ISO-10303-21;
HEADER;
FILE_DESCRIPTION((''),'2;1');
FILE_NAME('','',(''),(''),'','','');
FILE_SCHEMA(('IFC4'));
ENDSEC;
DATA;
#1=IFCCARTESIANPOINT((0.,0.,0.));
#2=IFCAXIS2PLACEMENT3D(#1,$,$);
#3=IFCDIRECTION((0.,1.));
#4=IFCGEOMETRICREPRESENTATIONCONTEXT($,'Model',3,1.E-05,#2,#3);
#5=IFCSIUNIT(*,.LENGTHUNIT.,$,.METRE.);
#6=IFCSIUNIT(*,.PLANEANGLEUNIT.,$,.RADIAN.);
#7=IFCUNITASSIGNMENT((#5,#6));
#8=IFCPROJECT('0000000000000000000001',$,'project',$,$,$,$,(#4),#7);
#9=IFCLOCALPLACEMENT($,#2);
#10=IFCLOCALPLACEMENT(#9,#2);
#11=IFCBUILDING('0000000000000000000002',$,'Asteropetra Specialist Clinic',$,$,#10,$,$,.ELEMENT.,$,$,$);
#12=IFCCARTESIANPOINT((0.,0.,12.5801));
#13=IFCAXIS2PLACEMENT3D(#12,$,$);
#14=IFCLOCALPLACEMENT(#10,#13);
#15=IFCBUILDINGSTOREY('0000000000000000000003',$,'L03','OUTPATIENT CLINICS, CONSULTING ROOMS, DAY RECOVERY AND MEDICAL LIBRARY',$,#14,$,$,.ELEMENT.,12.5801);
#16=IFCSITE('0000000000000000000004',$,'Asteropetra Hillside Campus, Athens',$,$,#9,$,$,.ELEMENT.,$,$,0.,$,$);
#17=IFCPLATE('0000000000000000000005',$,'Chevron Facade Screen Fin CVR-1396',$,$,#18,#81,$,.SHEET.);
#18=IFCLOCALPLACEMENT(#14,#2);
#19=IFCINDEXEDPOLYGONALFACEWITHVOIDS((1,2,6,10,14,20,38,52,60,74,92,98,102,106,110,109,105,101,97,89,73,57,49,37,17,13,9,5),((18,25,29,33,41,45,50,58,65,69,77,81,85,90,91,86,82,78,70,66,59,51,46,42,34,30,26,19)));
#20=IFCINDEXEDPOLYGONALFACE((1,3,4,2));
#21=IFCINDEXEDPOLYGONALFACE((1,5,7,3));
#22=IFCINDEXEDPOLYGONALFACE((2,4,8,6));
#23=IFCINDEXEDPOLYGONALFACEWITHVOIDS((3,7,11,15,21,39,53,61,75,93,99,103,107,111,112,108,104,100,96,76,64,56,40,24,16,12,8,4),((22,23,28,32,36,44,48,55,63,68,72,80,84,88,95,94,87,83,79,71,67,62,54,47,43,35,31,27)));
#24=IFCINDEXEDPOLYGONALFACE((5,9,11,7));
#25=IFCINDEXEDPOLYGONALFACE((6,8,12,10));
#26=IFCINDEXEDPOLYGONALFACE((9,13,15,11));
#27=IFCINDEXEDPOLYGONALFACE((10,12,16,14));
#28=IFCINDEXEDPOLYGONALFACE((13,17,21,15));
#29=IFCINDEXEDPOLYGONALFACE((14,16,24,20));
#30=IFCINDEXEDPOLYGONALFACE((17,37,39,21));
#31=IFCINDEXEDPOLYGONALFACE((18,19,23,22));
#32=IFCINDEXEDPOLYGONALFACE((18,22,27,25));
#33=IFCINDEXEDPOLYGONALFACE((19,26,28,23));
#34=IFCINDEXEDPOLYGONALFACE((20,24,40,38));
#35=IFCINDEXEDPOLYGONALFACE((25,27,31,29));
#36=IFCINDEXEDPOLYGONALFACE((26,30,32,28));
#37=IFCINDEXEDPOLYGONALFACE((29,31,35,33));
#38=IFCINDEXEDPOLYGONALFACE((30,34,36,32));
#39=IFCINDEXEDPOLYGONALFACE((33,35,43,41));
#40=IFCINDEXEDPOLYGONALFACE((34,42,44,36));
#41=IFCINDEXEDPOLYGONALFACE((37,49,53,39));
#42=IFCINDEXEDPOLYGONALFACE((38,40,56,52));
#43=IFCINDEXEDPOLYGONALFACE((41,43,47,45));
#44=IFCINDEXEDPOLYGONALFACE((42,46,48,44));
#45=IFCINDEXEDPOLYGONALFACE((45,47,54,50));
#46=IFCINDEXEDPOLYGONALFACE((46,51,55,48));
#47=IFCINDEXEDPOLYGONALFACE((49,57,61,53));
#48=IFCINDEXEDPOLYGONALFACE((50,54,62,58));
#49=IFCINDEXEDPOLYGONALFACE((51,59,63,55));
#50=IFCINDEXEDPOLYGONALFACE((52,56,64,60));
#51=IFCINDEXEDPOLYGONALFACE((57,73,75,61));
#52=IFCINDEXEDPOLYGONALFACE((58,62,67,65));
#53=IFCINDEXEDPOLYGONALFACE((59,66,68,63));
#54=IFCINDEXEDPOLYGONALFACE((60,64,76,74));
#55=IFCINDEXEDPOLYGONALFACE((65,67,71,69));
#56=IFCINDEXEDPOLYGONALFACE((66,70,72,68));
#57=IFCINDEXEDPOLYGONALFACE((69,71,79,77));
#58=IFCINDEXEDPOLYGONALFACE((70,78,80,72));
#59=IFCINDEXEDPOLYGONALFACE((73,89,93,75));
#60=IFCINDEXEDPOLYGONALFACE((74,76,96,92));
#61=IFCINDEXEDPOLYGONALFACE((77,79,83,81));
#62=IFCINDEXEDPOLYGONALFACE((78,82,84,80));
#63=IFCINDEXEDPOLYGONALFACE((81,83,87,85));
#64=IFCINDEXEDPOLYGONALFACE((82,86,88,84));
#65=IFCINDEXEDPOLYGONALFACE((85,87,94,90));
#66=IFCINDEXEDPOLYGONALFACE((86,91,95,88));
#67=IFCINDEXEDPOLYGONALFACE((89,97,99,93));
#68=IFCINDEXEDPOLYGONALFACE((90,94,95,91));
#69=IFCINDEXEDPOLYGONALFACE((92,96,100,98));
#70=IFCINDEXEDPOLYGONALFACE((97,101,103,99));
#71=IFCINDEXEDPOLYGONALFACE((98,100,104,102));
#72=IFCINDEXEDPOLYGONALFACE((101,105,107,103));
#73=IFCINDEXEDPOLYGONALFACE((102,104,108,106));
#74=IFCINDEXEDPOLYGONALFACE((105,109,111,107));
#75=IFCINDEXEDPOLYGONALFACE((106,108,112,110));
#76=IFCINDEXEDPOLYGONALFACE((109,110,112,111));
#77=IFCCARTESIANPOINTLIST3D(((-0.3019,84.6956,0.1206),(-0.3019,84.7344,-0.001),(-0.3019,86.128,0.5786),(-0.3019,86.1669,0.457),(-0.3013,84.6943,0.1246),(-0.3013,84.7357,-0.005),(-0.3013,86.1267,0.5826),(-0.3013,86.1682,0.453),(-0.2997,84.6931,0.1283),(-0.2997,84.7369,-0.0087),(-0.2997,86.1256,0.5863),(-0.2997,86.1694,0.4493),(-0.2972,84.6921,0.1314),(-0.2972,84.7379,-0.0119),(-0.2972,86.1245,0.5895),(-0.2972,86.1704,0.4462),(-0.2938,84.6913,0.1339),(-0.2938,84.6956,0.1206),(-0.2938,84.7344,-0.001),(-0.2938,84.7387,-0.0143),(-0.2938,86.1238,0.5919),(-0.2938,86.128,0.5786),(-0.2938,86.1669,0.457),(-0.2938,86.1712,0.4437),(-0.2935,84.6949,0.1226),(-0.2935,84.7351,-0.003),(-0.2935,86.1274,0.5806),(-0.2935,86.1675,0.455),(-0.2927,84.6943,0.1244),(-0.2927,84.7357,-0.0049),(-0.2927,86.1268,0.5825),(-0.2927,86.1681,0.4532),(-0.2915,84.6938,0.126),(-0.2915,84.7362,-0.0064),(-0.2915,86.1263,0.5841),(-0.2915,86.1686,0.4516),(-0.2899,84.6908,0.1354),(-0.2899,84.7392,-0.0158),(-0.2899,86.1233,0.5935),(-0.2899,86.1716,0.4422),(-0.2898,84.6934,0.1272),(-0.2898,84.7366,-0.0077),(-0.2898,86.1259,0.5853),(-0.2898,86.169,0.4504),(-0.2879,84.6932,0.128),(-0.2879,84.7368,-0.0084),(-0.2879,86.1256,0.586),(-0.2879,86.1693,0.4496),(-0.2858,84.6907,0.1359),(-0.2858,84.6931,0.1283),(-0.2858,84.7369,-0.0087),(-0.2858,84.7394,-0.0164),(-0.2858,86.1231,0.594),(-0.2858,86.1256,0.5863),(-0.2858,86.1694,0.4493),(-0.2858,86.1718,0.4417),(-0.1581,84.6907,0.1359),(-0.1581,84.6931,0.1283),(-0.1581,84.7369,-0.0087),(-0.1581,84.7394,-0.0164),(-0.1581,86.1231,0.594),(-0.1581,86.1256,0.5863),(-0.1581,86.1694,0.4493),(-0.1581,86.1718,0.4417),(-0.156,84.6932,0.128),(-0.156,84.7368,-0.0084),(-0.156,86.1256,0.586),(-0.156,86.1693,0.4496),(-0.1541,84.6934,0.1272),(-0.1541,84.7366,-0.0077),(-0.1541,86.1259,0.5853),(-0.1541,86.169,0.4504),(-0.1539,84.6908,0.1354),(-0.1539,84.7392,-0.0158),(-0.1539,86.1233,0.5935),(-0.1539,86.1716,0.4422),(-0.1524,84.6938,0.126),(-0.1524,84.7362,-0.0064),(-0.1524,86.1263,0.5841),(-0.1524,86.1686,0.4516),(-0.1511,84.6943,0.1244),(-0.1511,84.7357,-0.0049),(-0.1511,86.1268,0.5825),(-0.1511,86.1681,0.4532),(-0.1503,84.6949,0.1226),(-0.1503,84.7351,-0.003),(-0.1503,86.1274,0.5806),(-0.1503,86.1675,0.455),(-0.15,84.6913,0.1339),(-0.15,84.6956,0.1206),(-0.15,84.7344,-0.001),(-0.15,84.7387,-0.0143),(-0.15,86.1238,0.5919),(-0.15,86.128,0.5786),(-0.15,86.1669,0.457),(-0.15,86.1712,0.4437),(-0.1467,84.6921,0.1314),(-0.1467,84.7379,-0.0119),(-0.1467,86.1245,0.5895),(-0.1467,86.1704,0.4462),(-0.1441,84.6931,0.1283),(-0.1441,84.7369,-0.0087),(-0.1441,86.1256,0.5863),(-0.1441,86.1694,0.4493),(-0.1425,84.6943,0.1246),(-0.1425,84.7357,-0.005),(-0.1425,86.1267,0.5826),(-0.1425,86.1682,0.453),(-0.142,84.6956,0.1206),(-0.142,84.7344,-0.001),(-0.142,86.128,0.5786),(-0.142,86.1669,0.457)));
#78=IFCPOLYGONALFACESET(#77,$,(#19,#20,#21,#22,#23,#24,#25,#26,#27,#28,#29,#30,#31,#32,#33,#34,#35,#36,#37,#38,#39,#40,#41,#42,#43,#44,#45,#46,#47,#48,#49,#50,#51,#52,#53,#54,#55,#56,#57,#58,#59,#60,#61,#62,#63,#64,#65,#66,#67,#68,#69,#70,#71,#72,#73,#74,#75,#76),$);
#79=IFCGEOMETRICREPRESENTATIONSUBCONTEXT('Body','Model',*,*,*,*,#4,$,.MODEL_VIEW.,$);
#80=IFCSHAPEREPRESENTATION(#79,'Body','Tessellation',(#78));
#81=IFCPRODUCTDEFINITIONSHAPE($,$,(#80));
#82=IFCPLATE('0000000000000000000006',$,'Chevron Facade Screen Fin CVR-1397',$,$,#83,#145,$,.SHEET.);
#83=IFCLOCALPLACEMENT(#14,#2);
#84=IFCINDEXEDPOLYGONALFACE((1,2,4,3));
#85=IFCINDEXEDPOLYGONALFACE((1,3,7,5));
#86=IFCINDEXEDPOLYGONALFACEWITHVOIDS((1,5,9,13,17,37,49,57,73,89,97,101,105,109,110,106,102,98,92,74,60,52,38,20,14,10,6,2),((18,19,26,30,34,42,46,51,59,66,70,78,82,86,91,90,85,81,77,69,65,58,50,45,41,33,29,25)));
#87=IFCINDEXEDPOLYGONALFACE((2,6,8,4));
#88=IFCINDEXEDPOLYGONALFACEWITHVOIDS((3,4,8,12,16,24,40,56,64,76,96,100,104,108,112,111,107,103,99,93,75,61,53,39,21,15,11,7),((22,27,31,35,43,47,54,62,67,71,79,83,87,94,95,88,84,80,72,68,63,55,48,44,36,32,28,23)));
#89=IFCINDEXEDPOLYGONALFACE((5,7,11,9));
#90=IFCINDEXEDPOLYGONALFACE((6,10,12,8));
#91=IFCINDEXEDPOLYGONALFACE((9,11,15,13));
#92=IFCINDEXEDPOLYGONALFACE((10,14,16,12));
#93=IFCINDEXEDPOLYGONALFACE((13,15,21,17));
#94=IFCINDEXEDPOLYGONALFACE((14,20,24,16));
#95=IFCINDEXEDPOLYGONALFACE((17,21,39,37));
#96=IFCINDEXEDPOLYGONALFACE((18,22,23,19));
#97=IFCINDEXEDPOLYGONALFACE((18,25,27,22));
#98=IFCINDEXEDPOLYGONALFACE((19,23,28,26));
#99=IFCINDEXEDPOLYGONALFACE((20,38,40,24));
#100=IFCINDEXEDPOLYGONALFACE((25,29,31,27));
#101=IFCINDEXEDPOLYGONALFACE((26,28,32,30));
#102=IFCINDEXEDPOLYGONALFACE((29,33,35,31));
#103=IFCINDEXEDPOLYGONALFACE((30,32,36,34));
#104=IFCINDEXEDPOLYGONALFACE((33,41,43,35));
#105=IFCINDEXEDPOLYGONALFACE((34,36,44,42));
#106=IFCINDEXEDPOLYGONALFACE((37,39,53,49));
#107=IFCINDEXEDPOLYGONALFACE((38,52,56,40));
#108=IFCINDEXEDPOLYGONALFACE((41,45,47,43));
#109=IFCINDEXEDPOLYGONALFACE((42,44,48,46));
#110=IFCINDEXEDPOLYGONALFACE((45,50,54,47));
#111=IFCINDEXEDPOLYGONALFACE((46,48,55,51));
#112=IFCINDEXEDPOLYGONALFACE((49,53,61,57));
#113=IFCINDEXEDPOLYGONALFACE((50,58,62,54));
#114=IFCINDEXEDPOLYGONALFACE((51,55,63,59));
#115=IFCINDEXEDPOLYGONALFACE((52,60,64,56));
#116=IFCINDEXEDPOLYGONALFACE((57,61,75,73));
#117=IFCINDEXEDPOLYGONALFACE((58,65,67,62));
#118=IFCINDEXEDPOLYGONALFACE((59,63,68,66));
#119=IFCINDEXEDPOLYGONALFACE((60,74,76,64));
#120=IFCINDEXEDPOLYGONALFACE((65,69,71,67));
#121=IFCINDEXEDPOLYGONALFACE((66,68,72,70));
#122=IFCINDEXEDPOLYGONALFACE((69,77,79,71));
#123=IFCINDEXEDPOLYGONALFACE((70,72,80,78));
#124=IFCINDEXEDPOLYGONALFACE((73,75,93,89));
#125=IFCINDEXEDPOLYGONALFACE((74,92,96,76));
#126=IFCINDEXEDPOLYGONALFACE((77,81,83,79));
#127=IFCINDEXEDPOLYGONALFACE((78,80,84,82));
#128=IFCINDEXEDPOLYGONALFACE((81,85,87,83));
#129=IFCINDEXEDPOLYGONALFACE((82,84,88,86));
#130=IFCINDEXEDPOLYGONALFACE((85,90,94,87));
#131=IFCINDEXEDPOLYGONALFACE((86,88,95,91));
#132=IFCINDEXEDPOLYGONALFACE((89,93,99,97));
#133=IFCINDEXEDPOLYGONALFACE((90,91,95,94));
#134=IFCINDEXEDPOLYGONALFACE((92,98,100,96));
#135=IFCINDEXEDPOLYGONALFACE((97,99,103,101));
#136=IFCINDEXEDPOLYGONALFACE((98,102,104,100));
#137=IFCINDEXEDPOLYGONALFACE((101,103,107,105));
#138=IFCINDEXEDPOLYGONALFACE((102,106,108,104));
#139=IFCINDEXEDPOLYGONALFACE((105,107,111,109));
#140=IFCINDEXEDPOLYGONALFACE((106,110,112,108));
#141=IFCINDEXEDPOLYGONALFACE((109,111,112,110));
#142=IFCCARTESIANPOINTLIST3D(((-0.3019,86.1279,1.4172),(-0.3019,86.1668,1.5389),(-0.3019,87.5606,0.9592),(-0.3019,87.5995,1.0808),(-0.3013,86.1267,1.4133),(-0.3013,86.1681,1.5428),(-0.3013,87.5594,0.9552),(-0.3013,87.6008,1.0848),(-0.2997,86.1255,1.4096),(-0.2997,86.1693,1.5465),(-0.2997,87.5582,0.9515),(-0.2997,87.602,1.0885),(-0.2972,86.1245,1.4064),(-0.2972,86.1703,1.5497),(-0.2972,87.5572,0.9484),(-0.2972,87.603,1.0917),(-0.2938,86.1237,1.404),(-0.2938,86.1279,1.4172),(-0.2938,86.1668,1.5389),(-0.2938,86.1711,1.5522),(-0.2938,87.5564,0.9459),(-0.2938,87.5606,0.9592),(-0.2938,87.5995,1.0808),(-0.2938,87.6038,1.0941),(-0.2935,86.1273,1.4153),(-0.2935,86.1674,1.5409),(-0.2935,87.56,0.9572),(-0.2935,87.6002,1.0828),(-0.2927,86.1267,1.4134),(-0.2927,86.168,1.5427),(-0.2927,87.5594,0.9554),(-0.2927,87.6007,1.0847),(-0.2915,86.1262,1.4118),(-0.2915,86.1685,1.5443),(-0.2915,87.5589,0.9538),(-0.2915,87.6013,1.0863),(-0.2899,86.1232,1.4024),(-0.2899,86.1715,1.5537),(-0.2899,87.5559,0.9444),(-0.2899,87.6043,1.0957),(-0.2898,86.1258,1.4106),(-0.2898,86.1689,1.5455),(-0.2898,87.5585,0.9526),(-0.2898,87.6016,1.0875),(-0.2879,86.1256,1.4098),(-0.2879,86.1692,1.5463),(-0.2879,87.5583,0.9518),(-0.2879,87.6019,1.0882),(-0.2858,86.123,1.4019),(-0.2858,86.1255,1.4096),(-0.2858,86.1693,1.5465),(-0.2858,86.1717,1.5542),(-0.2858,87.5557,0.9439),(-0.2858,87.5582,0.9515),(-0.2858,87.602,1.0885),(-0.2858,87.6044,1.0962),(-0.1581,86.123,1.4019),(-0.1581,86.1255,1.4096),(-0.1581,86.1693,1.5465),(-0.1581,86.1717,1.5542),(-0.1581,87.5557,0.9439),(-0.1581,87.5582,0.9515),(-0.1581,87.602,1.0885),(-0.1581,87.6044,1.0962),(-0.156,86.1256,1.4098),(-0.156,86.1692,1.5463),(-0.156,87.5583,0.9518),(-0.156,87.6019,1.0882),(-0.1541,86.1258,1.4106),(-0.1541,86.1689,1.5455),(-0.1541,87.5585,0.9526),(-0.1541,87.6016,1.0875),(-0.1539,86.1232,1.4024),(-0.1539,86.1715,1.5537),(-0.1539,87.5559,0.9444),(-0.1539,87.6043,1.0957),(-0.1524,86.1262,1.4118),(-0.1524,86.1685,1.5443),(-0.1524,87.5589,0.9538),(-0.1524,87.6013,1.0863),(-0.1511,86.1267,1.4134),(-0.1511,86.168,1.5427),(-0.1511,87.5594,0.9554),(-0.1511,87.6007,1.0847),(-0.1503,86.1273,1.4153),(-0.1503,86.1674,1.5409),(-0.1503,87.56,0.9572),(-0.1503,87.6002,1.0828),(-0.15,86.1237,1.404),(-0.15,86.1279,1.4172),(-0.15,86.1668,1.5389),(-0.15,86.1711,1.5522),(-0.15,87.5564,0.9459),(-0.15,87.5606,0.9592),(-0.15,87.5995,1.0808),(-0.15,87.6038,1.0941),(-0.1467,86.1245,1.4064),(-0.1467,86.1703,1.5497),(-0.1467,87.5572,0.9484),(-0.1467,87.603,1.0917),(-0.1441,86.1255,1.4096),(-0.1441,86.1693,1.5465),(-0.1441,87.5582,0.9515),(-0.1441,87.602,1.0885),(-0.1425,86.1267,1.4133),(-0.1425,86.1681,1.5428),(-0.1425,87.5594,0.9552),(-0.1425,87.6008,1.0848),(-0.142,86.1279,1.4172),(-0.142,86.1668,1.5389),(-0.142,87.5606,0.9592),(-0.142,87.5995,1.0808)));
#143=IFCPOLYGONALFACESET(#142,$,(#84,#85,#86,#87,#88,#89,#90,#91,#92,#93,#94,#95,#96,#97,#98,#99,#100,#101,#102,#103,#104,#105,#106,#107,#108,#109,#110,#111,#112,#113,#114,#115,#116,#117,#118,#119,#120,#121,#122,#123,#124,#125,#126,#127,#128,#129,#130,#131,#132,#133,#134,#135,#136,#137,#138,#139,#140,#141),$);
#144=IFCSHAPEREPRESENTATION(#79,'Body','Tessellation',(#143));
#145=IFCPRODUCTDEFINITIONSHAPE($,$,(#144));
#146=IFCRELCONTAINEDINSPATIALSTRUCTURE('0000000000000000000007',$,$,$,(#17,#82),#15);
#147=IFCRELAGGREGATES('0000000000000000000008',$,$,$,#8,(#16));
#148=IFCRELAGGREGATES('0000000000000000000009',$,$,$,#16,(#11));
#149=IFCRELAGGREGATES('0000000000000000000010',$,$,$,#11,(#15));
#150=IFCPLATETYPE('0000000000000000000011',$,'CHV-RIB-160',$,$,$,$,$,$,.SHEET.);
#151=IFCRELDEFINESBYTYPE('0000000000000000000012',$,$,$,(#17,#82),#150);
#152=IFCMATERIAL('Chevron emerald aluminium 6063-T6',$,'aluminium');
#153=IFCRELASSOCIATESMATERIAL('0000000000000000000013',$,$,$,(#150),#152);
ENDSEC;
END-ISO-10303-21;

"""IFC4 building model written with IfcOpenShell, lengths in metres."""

from ifc_helpers import new_model, si_unit, direction, frame, origin, origin_2d, place, context, subcontext, project, spatial, hollow_rectangle, extrude, material, material_profile, profile_set, type_object, element, save


model = new_model("IFC4")

# Units and contexts
model_context = context("Model", 3, precision=1e-05, world=origin(), true_north=direction((0.0, 1.0)))
body_context = subcontext(model_context, "Body", "Model", "MODEL_VIEW")
ifc_project = project(units=[si_unit("LENGTHUNIT", "METRE"), si_unit("PLANEANGLEUNIT", "RADIAN")], contexts=[model_context])

# Site, building, storey
site_placement = place(None, origin())
site = spatial("IfcSite", under=ifc_project, at=site_placement, Name="Asteropetra Hillside Campus, Athens", CompositionType="ELEMENT", RefElevation=0.0)
building_placement = place(site_placement, origin())
building = spatial("IfcBuilding", under=site, at=building_placement, Name="Asteropetra Specialist Clinic", CompositionType="ELEMENT")
storey_placement = place(building_placement, frame((0.0, 0.0, 12.5801)))
storey = spatial("IfcBuildingStorey", under=building, at=storey_placement, Name="L03", Description="OUTPATIENT CLINICS, CONSULTING ROOMS, DAY RECOVERY AND MEDICAL LIBRARY", CompositionType="ELEMENT", Elevation=12.5801)

# Plates
ifc_material_1 = material(Name="Chevron emerald aluminium 6063-T6", Category="aluminium")
ifc_material_profile_1 = material_profile(ifc_material_1, hollow_rectangle(XDim=0.1599, YDim=0.1599, WallThickness=0.0081, InnerFilletRadius=0.0081, OuterFilletRadius=0.0161, at=origin_2d()), Name="SHS 160x160x8.0")
ifc_profile_set_1 = profile_set([ifc_material_profile_1], Name="Chevron emerald aluminium 6063-T6")
plate_type_1 = type_object("IfcPlateType", Name="CHV-RIB-160", PredefinedType="SHEET", material=ifc_profile_set_1)
plate_1_placement = place(storey_placement, frame((-0.2219, 86.1475, 0.5178), z_axis=(0.0, -0.952492, -0.304564), x_axis=(1.0, 0.0, 0.0)))
element("IfcPlate", 1, at=plate_1_placement, inside=storey, type_object=plate_type_1, Name="Chevron Facade Screen Fin CVR-1396", PredefinedType="SHEET", context=body_context, shape_type="SweptSolid", body=[
    extrude(hollow_rectangle(XDim=0.1599, YDim=0.1599, WallThickness=0.0081, InnerFilletRadius=0.0081, OuterFilletRadius=0.0161, at=origin_2d()), origin(), (0.0, 0.0, 1.0), 1.5039),
])
plate_2_placement = place(storey_placement, frame((-0.2219, 87.5801, 1.02), z_axis=(0.0, -0.952507, 0.304517), x_axis=(1.0, 0.0, 0.0)))
element("IfcPlate", 2, at=plate_2_placement, inside=storey, type_object=plate_type_1, Name="Chevron Facade Screen Fin CVR-1397", PredefinedType="SHEET", context=body_context, shape_type="SweptSolid", body=[
    extrude(hollow_rectangle(XDim=0.1599, YDim=0.1599, WallThickness=0.0081, InnerFilletRadius=0.0081, OuterFilletRadius=0.0161, at=origin_2d()), origin(), (0.0, 0.0, 1.0), 1.5042),
])

save(model, "model.ifc")
